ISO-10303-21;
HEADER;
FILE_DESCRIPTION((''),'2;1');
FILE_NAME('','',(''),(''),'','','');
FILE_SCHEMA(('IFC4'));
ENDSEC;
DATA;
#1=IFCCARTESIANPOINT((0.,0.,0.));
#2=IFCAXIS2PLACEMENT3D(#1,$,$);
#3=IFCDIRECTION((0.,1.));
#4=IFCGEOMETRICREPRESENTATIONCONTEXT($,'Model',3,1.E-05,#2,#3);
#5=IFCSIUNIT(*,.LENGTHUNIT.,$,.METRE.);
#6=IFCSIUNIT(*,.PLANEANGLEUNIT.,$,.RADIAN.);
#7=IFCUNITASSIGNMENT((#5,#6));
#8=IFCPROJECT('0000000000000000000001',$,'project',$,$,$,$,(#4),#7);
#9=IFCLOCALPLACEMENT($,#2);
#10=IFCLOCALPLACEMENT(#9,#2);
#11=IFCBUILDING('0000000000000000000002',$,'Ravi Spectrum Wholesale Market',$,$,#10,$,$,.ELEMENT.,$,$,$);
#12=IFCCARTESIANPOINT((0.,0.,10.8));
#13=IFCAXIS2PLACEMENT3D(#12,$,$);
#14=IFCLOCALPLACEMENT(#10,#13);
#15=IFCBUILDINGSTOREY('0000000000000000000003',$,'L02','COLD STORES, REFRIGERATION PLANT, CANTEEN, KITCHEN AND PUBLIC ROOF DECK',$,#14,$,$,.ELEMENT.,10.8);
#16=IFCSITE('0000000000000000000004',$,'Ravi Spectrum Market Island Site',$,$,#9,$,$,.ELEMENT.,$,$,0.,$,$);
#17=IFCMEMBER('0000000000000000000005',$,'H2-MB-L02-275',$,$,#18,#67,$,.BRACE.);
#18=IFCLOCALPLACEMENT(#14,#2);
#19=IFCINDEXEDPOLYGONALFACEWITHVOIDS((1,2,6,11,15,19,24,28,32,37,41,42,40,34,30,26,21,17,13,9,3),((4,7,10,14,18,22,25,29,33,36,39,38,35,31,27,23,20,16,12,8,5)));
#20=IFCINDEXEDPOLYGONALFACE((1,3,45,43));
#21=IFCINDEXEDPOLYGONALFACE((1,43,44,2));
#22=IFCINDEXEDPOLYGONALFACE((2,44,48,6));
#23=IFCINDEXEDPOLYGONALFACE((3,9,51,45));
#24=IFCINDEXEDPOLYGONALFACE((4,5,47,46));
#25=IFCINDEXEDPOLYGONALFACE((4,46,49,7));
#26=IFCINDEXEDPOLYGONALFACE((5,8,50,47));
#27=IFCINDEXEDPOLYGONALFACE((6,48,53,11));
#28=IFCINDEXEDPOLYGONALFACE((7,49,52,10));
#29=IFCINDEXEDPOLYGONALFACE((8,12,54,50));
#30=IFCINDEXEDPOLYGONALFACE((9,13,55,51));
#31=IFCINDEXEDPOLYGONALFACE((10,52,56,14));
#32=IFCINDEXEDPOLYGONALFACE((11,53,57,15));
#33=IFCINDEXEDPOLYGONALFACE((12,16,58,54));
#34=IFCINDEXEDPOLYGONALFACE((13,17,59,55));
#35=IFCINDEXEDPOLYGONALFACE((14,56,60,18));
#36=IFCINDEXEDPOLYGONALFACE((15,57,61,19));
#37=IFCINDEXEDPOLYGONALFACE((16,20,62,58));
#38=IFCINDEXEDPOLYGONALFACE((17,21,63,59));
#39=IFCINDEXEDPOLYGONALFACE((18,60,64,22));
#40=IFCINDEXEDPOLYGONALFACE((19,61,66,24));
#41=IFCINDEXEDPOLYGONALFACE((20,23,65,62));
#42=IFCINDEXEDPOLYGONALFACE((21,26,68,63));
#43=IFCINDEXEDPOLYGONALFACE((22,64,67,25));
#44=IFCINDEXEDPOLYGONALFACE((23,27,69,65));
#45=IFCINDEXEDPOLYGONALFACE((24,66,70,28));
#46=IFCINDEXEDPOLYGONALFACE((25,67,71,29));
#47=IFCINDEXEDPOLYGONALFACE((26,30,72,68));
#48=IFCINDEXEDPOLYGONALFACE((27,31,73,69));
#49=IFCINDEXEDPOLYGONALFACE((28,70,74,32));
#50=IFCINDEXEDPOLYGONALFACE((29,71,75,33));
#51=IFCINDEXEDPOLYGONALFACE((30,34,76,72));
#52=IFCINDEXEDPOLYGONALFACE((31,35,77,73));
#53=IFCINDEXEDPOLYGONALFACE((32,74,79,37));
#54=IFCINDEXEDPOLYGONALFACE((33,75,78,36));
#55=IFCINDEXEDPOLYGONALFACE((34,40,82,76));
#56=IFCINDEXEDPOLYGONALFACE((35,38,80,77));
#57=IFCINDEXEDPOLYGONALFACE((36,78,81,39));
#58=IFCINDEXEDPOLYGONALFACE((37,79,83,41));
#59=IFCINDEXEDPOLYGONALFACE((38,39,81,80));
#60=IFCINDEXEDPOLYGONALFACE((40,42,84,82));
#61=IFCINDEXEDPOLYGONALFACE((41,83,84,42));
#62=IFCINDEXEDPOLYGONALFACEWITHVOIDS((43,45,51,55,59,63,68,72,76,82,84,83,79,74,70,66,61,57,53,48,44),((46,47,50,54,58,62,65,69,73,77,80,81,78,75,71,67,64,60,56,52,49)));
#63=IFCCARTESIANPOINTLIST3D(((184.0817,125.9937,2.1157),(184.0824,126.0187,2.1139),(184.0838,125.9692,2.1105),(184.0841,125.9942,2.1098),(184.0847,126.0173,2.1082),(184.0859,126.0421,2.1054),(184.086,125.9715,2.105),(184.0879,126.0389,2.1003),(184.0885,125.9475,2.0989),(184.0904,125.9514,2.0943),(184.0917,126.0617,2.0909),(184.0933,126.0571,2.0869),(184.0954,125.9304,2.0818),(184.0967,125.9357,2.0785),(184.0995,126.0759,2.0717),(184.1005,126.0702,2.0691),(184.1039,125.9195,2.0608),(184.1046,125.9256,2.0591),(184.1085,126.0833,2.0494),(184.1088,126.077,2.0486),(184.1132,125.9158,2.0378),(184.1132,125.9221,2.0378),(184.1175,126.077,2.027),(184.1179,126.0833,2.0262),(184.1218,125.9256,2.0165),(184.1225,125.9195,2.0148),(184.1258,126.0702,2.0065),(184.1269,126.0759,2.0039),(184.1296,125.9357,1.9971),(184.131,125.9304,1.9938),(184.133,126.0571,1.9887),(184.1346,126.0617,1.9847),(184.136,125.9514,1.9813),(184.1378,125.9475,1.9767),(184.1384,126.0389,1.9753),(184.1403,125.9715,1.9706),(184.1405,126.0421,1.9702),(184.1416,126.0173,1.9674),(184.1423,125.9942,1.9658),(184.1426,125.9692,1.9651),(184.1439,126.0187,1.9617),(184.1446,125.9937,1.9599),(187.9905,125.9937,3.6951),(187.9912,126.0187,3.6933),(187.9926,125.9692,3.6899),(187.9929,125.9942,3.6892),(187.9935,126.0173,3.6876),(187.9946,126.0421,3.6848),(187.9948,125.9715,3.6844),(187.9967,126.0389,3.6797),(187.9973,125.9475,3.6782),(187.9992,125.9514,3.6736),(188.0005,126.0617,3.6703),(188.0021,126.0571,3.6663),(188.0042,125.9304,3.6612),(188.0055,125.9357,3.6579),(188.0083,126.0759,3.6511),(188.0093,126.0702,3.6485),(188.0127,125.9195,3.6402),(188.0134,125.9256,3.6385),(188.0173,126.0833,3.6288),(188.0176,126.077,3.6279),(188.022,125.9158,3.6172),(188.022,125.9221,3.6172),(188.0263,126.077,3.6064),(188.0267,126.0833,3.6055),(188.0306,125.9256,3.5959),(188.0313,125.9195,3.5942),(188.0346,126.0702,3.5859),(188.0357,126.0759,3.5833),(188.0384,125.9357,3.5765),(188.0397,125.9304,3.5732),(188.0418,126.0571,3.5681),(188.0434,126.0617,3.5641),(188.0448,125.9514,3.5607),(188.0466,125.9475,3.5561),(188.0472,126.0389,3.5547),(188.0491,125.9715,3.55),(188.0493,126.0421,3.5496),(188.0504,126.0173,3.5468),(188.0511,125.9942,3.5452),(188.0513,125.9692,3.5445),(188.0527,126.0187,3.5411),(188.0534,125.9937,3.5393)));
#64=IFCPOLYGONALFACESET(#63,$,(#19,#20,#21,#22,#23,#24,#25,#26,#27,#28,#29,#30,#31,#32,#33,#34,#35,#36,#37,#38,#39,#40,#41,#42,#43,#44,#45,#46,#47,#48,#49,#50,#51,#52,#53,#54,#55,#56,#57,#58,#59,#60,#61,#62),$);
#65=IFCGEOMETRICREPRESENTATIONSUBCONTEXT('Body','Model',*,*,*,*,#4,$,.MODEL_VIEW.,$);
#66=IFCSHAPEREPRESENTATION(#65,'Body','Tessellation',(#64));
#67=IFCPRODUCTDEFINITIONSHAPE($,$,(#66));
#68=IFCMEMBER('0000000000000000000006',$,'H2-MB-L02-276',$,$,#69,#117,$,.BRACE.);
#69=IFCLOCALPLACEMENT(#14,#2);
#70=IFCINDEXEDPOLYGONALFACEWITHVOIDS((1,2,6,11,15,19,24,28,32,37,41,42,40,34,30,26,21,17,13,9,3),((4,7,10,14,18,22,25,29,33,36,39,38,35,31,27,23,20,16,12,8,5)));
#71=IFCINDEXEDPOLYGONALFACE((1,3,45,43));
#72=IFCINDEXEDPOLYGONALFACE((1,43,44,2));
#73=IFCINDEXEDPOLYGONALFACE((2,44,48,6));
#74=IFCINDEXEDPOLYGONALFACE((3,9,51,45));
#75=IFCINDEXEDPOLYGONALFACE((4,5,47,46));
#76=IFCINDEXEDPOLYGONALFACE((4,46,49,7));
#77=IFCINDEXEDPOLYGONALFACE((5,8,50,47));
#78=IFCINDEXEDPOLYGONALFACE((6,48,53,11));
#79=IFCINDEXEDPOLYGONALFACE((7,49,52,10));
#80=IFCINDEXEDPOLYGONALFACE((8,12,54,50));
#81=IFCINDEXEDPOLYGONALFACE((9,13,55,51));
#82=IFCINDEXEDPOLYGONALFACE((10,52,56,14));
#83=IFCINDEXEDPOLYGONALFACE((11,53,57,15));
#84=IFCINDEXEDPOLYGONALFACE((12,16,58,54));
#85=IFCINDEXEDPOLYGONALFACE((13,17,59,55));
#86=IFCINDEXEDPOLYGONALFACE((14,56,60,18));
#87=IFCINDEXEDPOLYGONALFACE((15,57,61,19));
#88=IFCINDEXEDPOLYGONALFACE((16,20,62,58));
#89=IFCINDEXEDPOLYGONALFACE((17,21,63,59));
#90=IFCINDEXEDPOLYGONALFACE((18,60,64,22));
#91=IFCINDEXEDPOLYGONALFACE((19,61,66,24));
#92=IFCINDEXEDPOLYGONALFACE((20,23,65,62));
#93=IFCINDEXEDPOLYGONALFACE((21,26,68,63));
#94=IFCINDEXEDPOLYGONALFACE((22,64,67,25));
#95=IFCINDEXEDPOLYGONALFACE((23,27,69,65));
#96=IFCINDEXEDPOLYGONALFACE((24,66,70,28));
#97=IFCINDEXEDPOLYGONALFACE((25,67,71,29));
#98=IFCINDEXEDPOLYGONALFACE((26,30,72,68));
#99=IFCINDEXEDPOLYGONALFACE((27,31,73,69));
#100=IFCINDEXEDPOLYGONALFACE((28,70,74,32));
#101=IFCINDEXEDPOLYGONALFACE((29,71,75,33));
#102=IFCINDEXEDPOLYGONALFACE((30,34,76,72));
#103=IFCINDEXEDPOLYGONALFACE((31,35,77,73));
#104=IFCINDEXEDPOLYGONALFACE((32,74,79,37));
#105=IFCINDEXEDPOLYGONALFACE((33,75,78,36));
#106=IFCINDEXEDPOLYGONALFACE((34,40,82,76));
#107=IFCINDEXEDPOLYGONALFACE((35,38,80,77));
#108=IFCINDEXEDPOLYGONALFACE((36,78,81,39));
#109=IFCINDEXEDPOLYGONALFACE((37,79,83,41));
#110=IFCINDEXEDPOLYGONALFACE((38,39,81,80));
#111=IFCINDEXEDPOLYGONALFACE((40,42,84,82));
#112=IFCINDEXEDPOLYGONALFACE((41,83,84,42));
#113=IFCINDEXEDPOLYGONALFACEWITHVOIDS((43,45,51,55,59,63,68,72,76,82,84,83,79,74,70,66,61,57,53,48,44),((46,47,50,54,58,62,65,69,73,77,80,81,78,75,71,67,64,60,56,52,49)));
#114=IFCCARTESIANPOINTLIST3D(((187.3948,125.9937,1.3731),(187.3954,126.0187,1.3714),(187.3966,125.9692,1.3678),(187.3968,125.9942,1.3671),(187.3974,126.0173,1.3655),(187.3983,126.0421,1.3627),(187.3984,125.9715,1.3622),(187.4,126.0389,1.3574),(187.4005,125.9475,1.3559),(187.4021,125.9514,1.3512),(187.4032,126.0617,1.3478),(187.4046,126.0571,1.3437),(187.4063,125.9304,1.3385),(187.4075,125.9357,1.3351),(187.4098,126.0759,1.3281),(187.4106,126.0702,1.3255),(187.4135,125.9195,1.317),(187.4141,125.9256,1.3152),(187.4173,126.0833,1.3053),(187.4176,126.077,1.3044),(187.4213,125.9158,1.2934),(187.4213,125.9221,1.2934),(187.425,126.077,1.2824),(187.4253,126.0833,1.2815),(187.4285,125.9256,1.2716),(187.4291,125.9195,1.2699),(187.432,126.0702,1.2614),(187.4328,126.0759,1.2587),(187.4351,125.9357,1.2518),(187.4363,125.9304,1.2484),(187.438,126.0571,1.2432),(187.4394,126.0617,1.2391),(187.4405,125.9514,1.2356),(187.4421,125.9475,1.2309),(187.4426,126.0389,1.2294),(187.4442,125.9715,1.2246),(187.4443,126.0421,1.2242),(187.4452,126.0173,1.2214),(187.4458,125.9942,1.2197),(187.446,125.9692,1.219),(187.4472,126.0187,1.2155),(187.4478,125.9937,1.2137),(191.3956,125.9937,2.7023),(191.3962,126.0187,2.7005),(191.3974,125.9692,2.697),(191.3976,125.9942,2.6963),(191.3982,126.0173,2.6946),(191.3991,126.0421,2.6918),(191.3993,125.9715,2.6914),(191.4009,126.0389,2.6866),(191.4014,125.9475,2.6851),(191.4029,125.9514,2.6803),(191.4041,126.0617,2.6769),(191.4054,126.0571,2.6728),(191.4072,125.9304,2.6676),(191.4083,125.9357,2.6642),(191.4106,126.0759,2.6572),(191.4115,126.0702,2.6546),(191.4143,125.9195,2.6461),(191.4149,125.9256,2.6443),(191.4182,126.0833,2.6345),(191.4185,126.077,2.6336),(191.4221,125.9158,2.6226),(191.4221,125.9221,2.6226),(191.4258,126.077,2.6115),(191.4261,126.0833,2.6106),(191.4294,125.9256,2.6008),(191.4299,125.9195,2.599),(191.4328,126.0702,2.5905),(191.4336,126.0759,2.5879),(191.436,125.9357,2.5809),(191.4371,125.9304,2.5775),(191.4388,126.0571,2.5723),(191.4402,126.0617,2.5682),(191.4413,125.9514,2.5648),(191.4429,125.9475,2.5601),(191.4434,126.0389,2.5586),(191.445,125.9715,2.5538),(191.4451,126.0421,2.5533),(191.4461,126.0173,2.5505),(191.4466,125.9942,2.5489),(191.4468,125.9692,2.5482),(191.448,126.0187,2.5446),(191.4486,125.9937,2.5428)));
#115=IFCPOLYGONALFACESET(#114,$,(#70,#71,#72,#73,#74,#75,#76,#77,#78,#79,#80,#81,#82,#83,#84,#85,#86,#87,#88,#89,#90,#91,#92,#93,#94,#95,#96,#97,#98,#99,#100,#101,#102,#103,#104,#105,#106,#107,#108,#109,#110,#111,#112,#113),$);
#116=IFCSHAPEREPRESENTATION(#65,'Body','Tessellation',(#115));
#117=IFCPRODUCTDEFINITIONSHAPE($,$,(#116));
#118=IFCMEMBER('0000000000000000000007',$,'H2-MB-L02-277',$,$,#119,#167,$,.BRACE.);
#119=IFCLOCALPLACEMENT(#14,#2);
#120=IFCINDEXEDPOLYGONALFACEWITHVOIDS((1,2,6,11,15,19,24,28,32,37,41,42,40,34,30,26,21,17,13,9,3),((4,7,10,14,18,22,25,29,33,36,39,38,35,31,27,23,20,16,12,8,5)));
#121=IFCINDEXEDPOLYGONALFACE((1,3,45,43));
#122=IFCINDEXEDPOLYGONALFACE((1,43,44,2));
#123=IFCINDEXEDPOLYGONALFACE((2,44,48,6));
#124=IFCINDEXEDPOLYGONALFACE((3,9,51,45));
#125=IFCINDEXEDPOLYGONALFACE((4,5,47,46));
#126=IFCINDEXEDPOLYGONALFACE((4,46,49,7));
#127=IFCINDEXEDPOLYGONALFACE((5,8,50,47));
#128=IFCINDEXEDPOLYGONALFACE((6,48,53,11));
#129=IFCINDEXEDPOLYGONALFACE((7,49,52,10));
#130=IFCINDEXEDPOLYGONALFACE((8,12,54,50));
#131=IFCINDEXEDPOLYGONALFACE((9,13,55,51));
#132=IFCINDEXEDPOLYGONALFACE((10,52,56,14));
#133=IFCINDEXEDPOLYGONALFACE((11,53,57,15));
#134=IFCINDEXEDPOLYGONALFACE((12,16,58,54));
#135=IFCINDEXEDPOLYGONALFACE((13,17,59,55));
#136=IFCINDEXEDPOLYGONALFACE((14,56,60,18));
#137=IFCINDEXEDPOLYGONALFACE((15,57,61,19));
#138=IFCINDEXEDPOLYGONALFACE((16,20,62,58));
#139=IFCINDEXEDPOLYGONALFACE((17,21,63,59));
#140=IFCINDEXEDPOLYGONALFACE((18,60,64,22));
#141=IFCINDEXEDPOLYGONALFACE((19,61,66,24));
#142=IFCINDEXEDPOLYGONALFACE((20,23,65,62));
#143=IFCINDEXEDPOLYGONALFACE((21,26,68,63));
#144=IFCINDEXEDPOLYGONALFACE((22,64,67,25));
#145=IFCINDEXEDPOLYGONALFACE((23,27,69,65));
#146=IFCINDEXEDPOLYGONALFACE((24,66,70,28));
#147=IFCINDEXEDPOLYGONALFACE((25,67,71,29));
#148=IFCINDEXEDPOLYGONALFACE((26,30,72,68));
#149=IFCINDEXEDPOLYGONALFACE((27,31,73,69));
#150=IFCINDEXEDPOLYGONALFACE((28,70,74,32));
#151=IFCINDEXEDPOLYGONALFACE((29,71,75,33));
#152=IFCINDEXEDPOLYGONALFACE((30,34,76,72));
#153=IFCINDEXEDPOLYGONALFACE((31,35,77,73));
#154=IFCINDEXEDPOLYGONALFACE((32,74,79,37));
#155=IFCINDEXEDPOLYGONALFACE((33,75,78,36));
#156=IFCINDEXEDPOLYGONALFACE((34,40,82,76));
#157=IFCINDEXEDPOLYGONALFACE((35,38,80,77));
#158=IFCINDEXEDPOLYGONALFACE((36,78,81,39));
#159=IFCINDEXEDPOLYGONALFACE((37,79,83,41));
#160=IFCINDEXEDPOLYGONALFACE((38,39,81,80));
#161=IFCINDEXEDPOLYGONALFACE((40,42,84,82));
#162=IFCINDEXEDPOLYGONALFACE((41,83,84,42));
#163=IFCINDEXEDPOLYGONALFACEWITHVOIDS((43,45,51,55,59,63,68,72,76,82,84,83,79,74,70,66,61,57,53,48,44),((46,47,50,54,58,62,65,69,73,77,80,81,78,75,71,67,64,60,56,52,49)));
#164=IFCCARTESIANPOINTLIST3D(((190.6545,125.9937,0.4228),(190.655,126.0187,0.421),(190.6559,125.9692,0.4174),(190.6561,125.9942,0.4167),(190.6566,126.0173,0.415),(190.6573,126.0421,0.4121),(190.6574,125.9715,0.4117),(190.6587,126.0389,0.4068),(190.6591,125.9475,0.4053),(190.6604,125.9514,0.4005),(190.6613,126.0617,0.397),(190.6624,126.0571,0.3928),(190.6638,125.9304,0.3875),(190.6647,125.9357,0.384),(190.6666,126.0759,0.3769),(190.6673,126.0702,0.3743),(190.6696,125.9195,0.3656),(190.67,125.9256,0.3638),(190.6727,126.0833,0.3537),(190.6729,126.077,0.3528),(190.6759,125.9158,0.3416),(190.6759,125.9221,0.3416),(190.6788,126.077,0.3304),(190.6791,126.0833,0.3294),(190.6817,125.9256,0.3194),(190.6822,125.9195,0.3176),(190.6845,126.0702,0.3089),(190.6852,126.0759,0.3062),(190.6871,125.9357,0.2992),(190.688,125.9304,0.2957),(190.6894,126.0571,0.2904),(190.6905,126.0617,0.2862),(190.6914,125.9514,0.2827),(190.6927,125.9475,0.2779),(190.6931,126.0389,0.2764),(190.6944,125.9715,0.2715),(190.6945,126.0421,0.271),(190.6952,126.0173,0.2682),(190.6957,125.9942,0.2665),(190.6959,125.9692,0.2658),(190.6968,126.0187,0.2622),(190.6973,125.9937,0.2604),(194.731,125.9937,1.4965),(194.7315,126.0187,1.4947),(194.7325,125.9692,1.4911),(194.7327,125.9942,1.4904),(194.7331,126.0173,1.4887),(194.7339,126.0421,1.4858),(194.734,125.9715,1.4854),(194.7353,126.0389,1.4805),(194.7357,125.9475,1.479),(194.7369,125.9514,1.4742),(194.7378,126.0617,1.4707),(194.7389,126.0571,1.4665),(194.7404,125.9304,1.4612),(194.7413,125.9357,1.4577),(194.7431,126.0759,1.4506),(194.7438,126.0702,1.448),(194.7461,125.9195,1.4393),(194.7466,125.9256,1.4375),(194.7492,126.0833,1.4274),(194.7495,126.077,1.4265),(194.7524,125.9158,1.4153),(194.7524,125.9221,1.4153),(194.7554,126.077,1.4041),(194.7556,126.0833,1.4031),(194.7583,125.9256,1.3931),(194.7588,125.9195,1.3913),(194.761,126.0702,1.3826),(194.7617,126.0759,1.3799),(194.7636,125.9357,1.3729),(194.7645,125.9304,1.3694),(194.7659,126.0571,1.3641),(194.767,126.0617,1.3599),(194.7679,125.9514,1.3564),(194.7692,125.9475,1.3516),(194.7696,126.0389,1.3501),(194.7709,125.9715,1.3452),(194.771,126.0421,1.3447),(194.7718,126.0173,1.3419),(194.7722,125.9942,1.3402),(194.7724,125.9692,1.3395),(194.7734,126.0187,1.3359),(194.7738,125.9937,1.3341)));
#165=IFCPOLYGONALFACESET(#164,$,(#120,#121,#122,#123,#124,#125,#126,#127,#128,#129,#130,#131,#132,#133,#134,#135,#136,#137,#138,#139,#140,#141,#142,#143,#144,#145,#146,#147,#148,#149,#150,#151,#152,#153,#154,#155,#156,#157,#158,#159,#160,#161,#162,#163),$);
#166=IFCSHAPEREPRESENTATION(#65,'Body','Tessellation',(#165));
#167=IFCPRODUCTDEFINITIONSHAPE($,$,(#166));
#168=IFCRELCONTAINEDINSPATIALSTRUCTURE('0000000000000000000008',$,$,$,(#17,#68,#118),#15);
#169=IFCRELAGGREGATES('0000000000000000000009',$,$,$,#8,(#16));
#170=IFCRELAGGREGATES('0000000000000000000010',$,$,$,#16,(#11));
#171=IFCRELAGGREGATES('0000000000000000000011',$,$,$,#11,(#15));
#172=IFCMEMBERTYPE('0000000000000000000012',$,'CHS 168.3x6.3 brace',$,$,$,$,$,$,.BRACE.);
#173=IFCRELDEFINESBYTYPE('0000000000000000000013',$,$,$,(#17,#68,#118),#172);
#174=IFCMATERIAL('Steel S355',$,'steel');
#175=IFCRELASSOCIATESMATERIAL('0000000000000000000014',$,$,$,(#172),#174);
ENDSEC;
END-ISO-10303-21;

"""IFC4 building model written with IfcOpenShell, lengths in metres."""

from ifc_helpers import new_model, si_unit, direction, frame, origin, origin_2d, place, context, subcontext, project, spatial, hollow_circle, extrude, material, material_profile, profile_set, type_object, element, save


model = new_model("IFC4")

# Units and contexts
model_context = context("Model", 3, precision=1e-05, world=origin(), true_north=direction((0.0, 1.0)))
body_context = subcontext(model_context, "Body", "Model", "MODEL_VIEW")
ifc_project = project(units=[si_unit("LENGTHUNIT", "METRE"), si_unit("PLANEANGLEUNIT", "RADIAN")], contexts=[model_context])

# Site, building, storey
site_placement = place(None, origin())
site = spatial("IfcSite", under=ifc_project, at=site_placement, Name="Ravi Spectrum Market Island Site", CompositionType="ELEMENT", RefElevation=0.0)
building_placement = place(site_placement, origin())
building = spatial("IfcBuilding", under=site, at=building_placement, Name="Ravi Spectrum Wholesale Market", CompositionType="ELEMENT")
storey_placement = place(building_placement, frame((0.0, 0.0, 10.8)))
storey = spatial("IfcBuildingStorey", under=building, at=storey_placement, Name="L02", Description="COLD STORES, REFRIGERATION PLANT, CANTEEN, KITCHEN AND PUBLIC ROOF DECK", CompositionType="ELEMENT", Elevation=10.8)

# Members
ifc_material_1 = material(Name="Steel S355", Category="steel")
ifc_material_profile_1 = material_profile(ifc_material_1, hollow_circle(Radius=0.0842, WallThickness=0.0063, at=origin_2d()))
ifc_profile_set_1 = profile_set([ifc_material_profile_1], Name="Steel S355")
member_type_1 = type_object("IfcMemberType", Name="CHS 168.3x6.3 brace", PredefinedType="BRACE", material=ifc_profile_set_1)
for number, where, z_axis, x_axis, name in (
    (1, (188.022, 126.0, 3.6172), (-0.927173, 0.0, -0.374633), (0.0, -1.0, 0.0), "H2-MB-L02-275"),
    (2, (191.4221, 126.0, 2.6226), (-0.949001, 0.0, -0.315272), (0.0, -1.0, 0.0), "H2-MB-L02-276"),
):
    element("IfcMember", number, at=place(storey_placement, frame(where, z_axis=z_axis, x_axis=x_axis)), inside=storey, type_object=member_type_1, Name=name, PredefinedType="BRACE", context=body_context, shape_type="SweptSolid", body=[
        extrude(hollow_circle(Radius=0.0842, WallThickness=0.0063, at=origin_2d()), origin(), (0.0, 0.0, 1.0), 4.2158),
    ])
member_1_placement = place(storey_placement, frame((194.7524, 126.0, 1.4153), z_axis=(-0.967021, 0.0, -0.254699), x_axis=(0.0, -1.0, 0.0)))
element("IfcMember", 3, at=member_1_placement, inside=storey, type_object=member_type_1, Name="H2-MB-L02-277", PredefinedType="BRACE", context=body_context, shape_type="SweptSolid", body=[
    extrude(hollow_circle(Radius=0.0842, WallThickness=0.0063, at=origin_2d()), origin(), (0.0, 0.0, 1.0), 4.2156),
])

save(model, "model.ifc")
